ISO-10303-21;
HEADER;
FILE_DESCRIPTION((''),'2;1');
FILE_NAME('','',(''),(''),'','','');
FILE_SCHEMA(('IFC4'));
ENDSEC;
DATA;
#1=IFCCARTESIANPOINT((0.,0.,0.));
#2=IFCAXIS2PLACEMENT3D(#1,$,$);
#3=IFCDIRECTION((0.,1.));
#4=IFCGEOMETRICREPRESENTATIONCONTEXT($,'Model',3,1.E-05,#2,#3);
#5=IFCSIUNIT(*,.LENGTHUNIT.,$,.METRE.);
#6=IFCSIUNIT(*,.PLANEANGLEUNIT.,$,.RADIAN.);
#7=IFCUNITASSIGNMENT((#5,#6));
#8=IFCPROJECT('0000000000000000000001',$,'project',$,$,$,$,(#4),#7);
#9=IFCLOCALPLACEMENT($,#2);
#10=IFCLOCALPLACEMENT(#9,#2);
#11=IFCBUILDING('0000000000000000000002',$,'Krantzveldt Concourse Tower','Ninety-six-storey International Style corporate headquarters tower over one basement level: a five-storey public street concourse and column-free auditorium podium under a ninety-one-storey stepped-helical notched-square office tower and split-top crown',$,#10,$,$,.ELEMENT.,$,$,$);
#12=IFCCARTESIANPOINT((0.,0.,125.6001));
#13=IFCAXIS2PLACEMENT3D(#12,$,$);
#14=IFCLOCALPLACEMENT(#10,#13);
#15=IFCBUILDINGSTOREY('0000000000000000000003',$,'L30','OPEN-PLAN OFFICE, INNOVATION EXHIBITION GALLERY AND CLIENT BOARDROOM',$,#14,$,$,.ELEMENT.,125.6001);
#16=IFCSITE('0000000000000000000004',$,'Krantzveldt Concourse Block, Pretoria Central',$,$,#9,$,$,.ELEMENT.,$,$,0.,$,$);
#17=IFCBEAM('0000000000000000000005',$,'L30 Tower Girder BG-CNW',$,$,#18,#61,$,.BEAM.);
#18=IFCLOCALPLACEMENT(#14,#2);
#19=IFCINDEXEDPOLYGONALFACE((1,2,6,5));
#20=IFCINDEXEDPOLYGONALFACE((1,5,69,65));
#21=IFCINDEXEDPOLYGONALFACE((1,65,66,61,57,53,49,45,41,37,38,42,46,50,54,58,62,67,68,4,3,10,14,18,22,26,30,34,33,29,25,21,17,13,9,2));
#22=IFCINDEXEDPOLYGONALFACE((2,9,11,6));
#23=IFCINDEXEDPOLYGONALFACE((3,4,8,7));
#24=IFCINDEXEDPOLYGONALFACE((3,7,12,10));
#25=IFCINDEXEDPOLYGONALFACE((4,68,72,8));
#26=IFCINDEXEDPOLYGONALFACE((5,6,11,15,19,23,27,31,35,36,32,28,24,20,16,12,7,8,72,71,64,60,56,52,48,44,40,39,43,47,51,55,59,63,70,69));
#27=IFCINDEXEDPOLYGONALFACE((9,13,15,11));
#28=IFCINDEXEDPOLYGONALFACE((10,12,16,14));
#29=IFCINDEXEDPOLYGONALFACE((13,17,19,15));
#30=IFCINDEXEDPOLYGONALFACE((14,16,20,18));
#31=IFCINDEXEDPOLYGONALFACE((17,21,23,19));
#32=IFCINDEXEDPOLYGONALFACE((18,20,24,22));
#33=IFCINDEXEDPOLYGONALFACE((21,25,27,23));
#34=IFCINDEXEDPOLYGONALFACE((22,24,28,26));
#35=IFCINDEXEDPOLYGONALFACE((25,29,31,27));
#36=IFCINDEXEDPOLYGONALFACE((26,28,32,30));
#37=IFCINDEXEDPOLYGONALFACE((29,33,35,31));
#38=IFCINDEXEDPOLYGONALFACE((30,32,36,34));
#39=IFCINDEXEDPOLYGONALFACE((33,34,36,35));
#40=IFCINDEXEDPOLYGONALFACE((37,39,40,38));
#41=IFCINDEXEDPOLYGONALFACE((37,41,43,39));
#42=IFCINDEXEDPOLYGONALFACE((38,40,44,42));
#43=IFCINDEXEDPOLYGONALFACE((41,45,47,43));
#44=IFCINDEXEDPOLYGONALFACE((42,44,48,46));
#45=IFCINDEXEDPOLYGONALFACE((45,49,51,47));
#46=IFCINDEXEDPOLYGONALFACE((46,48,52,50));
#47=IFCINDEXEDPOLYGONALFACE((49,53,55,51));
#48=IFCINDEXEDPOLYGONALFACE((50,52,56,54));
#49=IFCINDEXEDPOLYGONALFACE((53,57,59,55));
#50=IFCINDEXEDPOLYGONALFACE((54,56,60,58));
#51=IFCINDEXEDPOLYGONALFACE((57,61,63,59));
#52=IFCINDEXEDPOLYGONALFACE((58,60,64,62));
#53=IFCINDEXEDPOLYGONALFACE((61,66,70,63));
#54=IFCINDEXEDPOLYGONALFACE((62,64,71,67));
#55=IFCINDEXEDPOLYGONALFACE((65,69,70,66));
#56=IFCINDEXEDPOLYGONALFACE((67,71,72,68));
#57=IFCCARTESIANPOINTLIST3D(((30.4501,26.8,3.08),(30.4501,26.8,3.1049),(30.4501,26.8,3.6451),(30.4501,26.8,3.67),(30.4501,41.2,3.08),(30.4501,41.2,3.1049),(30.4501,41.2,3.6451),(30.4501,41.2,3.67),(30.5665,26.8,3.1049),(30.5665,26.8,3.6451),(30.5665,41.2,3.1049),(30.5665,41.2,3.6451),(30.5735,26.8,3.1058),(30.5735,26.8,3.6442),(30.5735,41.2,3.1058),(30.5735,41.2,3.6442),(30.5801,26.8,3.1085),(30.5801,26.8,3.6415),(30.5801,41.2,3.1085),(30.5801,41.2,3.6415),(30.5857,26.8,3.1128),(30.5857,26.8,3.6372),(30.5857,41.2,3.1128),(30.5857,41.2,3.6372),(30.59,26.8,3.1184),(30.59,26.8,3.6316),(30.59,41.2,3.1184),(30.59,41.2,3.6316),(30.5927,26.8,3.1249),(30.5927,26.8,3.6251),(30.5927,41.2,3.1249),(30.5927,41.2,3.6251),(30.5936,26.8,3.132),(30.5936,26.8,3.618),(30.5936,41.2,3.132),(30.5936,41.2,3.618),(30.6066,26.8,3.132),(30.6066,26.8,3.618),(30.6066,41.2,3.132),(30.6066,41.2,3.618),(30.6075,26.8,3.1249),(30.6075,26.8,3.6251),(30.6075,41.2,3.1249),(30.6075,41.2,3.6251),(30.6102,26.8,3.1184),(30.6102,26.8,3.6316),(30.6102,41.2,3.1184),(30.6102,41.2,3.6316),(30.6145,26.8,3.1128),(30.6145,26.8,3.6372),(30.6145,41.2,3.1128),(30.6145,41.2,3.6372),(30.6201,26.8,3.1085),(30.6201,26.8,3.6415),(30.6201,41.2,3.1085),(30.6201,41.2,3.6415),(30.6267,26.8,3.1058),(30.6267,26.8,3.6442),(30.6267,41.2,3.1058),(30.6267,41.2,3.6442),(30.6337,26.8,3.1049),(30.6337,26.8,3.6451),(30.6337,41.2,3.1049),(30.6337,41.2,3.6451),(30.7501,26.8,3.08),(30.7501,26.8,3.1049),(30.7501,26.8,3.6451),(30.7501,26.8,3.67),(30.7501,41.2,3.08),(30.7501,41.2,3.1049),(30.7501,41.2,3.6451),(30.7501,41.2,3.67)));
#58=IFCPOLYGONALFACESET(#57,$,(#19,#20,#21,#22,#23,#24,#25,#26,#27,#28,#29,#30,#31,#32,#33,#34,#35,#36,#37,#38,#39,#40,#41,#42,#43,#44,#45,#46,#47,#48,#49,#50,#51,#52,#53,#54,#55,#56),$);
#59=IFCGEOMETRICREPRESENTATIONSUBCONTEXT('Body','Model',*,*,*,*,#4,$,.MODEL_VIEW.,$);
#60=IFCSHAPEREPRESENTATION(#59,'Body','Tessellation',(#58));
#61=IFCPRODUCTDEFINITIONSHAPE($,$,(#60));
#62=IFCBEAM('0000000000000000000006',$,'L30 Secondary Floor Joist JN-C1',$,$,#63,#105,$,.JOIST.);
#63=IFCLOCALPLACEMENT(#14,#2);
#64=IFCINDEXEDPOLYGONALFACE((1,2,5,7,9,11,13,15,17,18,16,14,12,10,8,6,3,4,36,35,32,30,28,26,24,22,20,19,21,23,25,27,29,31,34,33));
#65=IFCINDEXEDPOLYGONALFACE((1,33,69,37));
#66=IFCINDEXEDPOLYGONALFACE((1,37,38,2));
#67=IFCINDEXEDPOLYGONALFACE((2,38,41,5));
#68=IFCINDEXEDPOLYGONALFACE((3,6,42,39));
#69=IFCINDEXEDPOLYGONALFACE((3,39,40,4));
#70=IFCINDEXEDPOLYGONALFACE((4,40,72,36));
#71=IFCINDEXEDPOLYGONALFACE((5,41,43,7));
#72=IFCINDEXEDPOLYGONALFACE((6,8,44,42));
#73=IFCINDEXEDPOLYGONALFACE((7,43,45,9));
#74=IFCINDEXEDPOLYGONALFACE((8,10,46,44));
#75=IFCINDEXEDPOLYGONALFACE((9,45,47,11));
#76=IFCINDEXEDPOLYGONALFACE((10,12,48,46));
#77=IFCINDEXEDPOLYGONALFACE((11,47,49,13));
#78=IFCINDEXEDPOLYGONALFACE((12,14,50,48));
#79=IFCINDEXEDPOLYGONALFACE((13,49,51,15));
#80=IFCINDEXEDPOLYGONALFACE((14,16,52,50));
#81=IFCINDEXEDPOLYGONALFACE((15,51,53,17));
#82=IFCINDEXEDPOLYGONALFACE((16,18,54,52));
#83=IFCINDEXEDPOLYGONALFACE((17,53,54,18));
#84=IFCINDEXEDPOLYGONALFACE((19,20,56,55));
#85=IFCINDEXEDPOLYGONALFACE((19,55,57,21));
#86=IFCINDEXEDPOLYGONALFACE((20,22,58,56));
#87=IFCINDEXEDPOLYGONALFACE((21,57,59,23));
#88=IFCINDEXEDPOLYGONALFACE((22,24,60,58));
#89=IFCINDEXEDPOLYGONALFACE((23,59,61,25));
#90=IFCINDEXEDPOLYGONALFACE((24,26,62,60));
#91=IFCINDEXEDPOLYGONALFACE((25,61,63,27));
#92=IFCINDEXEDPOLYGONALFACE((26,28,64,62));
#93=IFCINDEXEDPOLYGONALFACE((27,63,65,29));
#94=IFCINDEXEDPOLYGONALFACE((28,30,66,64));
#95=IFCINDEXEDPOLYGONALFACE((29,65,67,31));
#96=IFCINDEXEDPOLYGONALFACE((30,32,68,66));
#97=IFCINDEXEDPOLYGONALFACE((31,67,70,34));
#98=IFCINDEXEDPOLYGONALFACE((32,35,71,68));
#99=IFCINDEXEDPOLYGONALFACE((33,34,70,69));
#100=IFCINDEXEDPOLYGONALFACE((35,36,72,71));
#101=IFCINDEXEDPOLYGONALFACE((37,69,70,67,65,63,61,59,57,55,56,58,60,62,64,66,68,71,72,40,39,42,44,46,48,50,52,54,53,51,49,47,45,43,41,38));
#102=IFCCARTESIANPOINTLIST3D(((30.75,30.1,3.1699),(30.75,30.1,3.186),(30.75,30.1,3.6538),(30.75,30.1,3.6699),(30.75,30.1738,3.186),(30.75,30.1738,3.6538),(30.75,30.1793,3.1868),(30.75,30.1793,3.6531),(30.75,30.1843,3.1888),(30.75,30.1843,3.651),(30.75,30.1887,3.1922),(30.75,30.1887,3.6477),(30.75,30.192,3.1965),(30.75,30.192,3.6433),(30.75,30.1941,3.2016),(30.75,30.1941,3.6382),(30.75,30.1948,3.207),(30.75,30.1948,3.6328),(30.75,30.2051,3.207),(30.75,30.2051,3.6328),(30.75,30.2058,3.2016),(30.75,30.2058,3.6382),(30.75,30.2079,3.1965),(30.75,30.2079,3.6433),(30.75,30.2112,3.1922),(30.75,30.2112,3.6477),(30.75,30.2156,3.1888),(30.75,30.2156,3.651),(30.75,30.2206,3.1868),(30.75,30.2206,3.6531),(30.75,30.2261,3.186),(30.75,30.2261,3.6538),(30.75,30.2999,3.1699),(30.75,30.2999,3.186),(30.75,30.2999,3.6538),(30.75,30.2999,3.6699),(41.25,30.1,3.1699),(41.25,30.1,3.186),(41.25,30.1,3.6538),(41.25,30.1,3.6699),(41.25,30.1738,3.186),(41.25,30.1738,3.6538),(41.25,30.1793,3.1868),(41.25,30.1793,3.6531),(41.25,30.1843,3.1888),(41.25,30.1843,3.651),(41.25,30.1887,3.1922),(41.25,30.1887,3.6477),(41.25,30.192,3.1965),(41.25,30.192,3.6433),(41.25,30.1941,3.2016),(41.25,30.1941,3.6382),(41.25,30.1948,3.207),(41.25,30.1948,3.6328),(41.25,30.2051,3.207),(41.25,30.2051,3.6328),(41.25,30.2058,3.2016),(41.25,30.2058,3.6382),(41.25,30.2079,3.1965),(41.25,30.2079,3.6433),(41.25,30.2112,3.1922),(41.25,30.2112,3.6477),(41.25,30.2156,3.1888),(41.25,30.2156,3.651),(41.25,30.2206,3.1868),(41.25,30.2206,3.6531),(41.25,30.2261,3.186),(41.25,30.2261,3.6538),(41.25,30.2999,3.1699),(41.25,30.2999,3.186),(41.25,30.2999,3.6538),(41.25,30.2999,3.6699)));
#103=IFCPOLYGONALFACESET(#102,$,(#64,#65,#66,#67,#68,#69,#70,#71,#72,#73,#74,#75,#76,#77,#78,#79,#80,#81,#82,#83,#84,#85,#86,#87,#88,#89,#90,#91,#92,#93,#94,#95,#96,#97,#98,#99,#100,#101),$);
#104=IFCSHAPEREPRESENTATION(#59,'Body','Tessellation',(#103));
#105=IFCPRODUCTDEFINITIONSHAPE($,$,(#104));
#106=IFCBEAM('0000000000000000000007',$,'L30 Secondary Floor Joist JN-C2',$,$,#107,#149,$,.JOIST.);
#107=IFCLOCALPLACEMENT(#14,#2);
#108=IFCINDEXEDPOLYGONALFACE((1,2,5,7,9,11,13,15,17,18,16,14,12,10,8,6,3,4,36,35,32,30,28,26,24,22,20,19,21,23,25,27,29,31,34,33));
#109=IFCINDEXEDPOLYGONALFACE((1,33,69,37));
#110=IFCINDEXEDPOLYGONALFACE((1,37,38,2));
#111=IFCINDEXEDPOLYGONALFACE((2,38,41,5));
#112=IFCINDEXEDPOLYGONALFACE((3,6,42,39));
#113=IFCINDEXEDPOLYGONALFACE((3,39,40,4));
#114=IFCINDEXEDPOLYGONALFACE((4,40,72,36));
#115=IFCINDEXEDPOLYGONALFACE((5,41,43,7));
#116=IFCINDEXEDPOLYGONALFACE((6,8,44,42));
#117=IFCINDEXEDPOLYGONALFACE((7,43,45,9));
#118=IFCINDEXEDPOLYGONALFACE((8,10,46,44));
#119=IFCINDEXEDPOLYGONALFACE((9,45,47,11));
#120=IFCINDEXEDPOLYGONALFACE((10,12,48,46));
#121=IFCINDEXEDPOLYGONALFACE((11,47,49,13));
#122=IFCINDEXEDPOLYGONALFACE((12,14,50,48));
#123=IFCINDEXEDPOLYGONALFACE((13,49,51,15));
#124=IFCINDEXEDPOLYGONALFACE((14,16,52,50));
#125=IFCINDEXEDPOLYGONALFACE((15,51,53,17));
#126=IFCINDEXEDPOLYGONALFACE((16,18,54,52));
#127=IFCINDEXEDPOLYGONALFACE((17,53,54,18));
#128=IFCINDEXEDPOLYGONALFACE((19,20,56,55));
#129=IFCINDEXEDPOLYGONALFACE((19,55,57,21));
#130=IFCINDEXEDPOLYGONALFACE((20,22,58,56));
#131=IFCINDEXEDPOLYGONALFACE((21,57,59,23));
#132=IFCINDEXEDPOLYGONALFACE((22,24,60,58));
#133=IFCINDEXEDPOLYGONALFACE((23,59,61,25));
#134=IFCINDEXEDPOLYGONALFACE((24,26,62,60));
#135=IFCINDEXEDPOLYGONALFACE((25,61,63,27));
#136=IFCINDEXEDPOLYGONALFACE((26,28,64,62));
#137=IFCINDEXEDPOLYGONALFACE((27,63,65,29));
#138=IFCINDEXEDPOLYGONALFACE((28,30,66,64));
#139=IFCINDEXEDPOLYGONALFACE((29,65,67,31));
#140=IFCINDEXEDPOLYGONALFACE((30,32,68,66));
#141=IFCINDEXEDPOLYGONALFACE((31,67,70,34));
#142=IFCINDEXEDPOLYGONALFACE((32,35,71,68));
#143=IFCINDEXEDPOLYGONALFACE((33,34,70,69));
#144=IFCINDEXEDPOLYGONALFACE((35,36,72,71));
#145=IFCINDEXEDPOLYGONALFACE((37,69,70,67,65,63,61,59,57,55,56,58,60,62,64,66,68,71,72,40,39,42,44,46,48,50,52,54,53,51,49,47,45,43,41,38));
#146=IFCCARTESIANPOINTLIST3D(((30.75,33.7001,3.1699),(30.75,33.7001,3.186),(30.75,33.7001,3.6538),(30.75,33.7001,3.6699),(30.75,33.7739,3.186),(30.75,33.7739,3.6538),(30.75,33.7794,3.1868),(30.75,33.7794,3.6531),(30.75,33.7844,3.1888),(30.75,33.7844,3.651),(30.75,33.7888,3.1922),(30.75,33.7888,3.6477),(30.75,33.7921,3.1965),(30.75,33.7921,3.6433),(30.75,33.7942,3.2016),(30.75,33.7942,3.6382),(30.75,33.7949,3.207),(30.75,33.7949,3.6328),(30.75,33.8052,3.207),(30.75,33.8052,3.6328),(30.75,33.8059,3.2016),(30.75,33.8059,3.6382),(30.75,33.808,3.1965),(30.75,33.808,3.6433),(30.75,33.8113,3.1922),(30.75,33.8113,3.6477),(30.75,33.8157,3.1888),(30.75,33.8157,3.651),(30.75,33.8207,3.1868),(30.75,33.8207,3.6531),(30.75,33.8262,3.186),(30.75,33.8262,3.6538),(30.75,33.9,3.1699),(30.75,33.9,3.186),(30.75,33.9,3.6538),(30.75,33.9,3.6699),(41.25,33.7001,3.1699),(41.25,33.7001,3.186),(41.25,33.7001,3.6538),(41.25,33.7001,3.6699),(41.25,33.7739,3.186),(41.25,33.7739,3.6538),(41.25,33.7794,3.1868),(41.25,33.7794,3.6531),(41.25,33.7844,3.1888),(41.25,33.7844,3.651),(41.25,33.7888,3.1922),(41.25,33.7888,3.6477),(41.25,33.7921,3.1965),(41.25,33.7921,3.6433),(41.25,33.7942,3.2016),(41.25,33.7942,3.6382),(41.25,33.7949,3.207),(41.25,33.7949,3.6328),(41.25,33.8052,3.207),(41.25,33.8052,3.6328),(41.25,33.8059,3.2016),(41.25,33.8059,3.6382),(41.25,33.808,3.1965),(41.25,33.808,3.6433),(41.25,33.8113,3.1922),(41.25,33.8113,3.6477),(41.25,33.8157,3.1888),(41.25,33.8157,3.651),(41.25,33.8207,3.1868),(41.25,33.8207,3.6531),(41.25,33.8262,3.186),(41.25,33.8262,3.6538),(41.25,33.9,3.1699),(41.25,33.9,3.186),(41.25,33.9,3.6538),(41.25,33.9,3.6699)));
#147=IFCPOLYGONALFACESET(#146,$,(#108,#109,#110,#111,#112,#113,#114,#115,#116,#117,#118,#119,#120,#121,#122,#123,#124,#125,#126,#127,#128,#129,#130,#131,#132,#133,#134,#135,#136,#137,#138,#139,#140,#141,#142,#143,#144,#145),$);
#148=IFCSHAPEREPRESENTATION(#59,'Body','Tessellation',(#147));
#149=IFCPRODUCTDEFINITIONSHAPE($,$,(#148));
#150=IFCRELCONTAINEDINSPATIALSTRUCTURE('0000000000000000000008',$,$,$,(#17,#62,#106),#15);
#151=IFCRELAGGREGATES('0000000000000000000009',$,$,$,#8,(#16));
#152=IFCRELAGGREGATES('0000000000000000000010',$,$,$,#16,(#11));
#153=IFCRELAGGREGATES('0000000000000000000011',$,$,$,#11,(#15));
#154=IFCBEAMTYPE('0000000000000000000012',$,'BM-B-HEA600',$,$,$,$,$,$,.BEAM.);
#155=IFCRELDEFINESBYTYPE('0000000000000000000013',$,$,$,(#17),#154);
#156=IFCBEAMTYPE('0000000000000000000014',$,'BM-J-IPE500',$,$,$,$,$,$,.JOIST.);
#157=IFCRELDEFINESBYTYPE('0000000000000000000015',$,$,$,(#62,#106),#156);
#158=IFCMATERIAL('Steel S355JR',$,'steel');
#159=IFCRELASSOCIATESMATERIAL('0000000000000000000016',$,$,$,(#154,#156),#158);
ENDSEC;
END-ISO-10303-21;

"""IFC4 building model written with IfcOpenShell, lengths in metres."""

from ifc_helpers import new_model, si_unit, direction, frame, origin, origin_2d, place, context, subcontext, project, spatial, i_section, extrude, source, transform, mapped, material, material_profile, profile_set, type_object, type_shapes, element, save


model = new_model("IFC4")

# Units and contexts
model_context = context("Model", 3, precision=1e-05, world=origin(), true_north=direction((0.0, 1.0)))
body_context = subcontext(model_context, "Body", "Model", "MODEL_VIEW")
ifc_project = project(units=[si_unit("LENGTHUNIT", "METRE"), si_unit("PLANEANGLEUNIT", "RADIAN")], contexts=[model_context])

# Site, building, storey
site_placement = place(None, origin())
site = spatial("IfcSite", under=ifc_project, at=site_placement, Name="Krantzveldt Concourse Block, Pretoria Central", CompositionType="ELEMENT", RefElevation=0.0)
building_placement = place(site_placement, origin())
building = spatial("IfcBuilding", under=site, at=building_placement, Name="Krantzveldt Concourse Tower", Description="Ninety-six-storey International Style corporate headquarters tower over one basement level: a five-storey public street concourse and column-free auditorium podium under a ninety-one-storey stepped-helical notched-square office tower and split-top crown", CompositionType="ELEMENT")
storey_placement = place(building_placement, frame((0.0, 0.0, 125.6001)))
storey = spatial("IfcBuildingStorey", under=building, at=storey_placement, Name="L30", Description="OPEN-PLAN OFFICE, INNOVATION EXHIBITION GALLERY AND CLIENT BOARDROOM", CompositionType="ELEMENT", Elevation=125.6001)

# Beams
ifc_material_1 = material(Name="Steel S355JR", Category="steel")
ifc_material_profile_1 = material_profile(ifc_material_1, i_section(OverallWidth=0.3, OverallDepth=0.5901, WebThickness=0.0129, FlangeThickness=0.0249, FilletRadius=0.0271, at=origin_2d()), Name="Steel S355JR", Category="steel")
ifc_profile_set_1 = profile_set([ifc_material_profile_1], Name="Steel S355JR - HEA 600")
beam_type_1 = type_object("IfcBeamType", Name="BM-B-HEA600", PredefinedType="BEAM", material=ifc_profile_set_1)
shared_shape_1 = source(origin(), body_context, "Body", "SweptSolid", [
    extrude(i_section(OverallWidth=0.3, OverallDepth=0.5901, WebThickness=0.0129, FlangeThickness=0.0249, FilletRadius=0.0271, at=origin_2d()), origin(), (0.0, 0.0, 1.0), 14.3999),
])
type_shapes(beam_type_1, [shared_shape_1])
beam_1_placement = place(storey_placement, frame((30.6001, 26.8, 3.375), z_axis=(0.0, 1.0, 0.0), x_axis=(-1.0, 0.0, 0.0)))
element("IfcBeam", 1, at=beam_1_placement, inside=storey, type_object=beam_type_1, Name="L30 Tower Girder BG-CNW", PredefinedType="BEAM", context=body_context, shape_type="MappedRepresentation", body=[
    mapped(shared_shape_1, transform((0.0, 0.0, 0.0), x_axis=(1.0, 0.0, 0.0), y_axis=(0.0, 1.0, 0.0), z_axis=(0.0, 0.0, 1.0), scale=1.0)),
])
ifc_material_profile_2 = material_profile(ifc_material_1, i_section(OverallWidth=0.2, OverallDepth=0.5, WebThickness=0.0103, FlangeThickness=0.0161, FilletRadius=0.021, at=origin_2d()), Name="Steel S355JR", Category="steel")
ifc_profile_set_2 = profile_set([ifc_material_profile_2], Name="Steel S355JR - IPE 500")
beam_type_2 = type_object("IfcBeamType", Name="BM-J-IPE500", PredefinedType="JOIST", material=ifc_profile_set_2)
shared_shape_2 = source(origin(), body_context, "Body", "SweptSolid", [
    extrude(i_section(OverallWidth=0.2, OverallDepth=0.5, WebThickness=0.0103, FlangeThickness=0.0161, FilletRadius=0.021, at=origin_2d()), origin(), (0.0, 0.0, 1.0), 10.5),
])
type_shapes(beam_type_2, [shared_shape_2])
for number, where, z_axis, x_axis, name in (
    (2, (30.75, 30.2, 3.4199), (1.0, 0.0, 0.0), (0.0, 1.0, 0.0), "L30 Secondary Floor Joist JN-C1"),
    (3, (30.75, 33.8, 3.4199), (1.0, 0.0, 0.0), (0.0, 1.0, 0.0), "L30 Secondary Floor Joist JN-C2"),
):
    element("IfcBeam", number, at=place(storey_placement, frame(where, z_axis=z_axis, x_axis=x_axis)), inside=storey, type_object=beam_type_2, Name=name, PredefinedType="JOIST", context=body_context, shape_type="MappedRepresentation", body=[
        mapped(shared_shape_2, transform((0.0, 0.0, 0.0), x_axis=(1.0, 0.0, 0.0), y_axis=(0.0, 1.0, 0.0), z_axis=(0.0, 0.0, 1.0), scale=1.0)),
    ])

save(model, "model.ifc")
